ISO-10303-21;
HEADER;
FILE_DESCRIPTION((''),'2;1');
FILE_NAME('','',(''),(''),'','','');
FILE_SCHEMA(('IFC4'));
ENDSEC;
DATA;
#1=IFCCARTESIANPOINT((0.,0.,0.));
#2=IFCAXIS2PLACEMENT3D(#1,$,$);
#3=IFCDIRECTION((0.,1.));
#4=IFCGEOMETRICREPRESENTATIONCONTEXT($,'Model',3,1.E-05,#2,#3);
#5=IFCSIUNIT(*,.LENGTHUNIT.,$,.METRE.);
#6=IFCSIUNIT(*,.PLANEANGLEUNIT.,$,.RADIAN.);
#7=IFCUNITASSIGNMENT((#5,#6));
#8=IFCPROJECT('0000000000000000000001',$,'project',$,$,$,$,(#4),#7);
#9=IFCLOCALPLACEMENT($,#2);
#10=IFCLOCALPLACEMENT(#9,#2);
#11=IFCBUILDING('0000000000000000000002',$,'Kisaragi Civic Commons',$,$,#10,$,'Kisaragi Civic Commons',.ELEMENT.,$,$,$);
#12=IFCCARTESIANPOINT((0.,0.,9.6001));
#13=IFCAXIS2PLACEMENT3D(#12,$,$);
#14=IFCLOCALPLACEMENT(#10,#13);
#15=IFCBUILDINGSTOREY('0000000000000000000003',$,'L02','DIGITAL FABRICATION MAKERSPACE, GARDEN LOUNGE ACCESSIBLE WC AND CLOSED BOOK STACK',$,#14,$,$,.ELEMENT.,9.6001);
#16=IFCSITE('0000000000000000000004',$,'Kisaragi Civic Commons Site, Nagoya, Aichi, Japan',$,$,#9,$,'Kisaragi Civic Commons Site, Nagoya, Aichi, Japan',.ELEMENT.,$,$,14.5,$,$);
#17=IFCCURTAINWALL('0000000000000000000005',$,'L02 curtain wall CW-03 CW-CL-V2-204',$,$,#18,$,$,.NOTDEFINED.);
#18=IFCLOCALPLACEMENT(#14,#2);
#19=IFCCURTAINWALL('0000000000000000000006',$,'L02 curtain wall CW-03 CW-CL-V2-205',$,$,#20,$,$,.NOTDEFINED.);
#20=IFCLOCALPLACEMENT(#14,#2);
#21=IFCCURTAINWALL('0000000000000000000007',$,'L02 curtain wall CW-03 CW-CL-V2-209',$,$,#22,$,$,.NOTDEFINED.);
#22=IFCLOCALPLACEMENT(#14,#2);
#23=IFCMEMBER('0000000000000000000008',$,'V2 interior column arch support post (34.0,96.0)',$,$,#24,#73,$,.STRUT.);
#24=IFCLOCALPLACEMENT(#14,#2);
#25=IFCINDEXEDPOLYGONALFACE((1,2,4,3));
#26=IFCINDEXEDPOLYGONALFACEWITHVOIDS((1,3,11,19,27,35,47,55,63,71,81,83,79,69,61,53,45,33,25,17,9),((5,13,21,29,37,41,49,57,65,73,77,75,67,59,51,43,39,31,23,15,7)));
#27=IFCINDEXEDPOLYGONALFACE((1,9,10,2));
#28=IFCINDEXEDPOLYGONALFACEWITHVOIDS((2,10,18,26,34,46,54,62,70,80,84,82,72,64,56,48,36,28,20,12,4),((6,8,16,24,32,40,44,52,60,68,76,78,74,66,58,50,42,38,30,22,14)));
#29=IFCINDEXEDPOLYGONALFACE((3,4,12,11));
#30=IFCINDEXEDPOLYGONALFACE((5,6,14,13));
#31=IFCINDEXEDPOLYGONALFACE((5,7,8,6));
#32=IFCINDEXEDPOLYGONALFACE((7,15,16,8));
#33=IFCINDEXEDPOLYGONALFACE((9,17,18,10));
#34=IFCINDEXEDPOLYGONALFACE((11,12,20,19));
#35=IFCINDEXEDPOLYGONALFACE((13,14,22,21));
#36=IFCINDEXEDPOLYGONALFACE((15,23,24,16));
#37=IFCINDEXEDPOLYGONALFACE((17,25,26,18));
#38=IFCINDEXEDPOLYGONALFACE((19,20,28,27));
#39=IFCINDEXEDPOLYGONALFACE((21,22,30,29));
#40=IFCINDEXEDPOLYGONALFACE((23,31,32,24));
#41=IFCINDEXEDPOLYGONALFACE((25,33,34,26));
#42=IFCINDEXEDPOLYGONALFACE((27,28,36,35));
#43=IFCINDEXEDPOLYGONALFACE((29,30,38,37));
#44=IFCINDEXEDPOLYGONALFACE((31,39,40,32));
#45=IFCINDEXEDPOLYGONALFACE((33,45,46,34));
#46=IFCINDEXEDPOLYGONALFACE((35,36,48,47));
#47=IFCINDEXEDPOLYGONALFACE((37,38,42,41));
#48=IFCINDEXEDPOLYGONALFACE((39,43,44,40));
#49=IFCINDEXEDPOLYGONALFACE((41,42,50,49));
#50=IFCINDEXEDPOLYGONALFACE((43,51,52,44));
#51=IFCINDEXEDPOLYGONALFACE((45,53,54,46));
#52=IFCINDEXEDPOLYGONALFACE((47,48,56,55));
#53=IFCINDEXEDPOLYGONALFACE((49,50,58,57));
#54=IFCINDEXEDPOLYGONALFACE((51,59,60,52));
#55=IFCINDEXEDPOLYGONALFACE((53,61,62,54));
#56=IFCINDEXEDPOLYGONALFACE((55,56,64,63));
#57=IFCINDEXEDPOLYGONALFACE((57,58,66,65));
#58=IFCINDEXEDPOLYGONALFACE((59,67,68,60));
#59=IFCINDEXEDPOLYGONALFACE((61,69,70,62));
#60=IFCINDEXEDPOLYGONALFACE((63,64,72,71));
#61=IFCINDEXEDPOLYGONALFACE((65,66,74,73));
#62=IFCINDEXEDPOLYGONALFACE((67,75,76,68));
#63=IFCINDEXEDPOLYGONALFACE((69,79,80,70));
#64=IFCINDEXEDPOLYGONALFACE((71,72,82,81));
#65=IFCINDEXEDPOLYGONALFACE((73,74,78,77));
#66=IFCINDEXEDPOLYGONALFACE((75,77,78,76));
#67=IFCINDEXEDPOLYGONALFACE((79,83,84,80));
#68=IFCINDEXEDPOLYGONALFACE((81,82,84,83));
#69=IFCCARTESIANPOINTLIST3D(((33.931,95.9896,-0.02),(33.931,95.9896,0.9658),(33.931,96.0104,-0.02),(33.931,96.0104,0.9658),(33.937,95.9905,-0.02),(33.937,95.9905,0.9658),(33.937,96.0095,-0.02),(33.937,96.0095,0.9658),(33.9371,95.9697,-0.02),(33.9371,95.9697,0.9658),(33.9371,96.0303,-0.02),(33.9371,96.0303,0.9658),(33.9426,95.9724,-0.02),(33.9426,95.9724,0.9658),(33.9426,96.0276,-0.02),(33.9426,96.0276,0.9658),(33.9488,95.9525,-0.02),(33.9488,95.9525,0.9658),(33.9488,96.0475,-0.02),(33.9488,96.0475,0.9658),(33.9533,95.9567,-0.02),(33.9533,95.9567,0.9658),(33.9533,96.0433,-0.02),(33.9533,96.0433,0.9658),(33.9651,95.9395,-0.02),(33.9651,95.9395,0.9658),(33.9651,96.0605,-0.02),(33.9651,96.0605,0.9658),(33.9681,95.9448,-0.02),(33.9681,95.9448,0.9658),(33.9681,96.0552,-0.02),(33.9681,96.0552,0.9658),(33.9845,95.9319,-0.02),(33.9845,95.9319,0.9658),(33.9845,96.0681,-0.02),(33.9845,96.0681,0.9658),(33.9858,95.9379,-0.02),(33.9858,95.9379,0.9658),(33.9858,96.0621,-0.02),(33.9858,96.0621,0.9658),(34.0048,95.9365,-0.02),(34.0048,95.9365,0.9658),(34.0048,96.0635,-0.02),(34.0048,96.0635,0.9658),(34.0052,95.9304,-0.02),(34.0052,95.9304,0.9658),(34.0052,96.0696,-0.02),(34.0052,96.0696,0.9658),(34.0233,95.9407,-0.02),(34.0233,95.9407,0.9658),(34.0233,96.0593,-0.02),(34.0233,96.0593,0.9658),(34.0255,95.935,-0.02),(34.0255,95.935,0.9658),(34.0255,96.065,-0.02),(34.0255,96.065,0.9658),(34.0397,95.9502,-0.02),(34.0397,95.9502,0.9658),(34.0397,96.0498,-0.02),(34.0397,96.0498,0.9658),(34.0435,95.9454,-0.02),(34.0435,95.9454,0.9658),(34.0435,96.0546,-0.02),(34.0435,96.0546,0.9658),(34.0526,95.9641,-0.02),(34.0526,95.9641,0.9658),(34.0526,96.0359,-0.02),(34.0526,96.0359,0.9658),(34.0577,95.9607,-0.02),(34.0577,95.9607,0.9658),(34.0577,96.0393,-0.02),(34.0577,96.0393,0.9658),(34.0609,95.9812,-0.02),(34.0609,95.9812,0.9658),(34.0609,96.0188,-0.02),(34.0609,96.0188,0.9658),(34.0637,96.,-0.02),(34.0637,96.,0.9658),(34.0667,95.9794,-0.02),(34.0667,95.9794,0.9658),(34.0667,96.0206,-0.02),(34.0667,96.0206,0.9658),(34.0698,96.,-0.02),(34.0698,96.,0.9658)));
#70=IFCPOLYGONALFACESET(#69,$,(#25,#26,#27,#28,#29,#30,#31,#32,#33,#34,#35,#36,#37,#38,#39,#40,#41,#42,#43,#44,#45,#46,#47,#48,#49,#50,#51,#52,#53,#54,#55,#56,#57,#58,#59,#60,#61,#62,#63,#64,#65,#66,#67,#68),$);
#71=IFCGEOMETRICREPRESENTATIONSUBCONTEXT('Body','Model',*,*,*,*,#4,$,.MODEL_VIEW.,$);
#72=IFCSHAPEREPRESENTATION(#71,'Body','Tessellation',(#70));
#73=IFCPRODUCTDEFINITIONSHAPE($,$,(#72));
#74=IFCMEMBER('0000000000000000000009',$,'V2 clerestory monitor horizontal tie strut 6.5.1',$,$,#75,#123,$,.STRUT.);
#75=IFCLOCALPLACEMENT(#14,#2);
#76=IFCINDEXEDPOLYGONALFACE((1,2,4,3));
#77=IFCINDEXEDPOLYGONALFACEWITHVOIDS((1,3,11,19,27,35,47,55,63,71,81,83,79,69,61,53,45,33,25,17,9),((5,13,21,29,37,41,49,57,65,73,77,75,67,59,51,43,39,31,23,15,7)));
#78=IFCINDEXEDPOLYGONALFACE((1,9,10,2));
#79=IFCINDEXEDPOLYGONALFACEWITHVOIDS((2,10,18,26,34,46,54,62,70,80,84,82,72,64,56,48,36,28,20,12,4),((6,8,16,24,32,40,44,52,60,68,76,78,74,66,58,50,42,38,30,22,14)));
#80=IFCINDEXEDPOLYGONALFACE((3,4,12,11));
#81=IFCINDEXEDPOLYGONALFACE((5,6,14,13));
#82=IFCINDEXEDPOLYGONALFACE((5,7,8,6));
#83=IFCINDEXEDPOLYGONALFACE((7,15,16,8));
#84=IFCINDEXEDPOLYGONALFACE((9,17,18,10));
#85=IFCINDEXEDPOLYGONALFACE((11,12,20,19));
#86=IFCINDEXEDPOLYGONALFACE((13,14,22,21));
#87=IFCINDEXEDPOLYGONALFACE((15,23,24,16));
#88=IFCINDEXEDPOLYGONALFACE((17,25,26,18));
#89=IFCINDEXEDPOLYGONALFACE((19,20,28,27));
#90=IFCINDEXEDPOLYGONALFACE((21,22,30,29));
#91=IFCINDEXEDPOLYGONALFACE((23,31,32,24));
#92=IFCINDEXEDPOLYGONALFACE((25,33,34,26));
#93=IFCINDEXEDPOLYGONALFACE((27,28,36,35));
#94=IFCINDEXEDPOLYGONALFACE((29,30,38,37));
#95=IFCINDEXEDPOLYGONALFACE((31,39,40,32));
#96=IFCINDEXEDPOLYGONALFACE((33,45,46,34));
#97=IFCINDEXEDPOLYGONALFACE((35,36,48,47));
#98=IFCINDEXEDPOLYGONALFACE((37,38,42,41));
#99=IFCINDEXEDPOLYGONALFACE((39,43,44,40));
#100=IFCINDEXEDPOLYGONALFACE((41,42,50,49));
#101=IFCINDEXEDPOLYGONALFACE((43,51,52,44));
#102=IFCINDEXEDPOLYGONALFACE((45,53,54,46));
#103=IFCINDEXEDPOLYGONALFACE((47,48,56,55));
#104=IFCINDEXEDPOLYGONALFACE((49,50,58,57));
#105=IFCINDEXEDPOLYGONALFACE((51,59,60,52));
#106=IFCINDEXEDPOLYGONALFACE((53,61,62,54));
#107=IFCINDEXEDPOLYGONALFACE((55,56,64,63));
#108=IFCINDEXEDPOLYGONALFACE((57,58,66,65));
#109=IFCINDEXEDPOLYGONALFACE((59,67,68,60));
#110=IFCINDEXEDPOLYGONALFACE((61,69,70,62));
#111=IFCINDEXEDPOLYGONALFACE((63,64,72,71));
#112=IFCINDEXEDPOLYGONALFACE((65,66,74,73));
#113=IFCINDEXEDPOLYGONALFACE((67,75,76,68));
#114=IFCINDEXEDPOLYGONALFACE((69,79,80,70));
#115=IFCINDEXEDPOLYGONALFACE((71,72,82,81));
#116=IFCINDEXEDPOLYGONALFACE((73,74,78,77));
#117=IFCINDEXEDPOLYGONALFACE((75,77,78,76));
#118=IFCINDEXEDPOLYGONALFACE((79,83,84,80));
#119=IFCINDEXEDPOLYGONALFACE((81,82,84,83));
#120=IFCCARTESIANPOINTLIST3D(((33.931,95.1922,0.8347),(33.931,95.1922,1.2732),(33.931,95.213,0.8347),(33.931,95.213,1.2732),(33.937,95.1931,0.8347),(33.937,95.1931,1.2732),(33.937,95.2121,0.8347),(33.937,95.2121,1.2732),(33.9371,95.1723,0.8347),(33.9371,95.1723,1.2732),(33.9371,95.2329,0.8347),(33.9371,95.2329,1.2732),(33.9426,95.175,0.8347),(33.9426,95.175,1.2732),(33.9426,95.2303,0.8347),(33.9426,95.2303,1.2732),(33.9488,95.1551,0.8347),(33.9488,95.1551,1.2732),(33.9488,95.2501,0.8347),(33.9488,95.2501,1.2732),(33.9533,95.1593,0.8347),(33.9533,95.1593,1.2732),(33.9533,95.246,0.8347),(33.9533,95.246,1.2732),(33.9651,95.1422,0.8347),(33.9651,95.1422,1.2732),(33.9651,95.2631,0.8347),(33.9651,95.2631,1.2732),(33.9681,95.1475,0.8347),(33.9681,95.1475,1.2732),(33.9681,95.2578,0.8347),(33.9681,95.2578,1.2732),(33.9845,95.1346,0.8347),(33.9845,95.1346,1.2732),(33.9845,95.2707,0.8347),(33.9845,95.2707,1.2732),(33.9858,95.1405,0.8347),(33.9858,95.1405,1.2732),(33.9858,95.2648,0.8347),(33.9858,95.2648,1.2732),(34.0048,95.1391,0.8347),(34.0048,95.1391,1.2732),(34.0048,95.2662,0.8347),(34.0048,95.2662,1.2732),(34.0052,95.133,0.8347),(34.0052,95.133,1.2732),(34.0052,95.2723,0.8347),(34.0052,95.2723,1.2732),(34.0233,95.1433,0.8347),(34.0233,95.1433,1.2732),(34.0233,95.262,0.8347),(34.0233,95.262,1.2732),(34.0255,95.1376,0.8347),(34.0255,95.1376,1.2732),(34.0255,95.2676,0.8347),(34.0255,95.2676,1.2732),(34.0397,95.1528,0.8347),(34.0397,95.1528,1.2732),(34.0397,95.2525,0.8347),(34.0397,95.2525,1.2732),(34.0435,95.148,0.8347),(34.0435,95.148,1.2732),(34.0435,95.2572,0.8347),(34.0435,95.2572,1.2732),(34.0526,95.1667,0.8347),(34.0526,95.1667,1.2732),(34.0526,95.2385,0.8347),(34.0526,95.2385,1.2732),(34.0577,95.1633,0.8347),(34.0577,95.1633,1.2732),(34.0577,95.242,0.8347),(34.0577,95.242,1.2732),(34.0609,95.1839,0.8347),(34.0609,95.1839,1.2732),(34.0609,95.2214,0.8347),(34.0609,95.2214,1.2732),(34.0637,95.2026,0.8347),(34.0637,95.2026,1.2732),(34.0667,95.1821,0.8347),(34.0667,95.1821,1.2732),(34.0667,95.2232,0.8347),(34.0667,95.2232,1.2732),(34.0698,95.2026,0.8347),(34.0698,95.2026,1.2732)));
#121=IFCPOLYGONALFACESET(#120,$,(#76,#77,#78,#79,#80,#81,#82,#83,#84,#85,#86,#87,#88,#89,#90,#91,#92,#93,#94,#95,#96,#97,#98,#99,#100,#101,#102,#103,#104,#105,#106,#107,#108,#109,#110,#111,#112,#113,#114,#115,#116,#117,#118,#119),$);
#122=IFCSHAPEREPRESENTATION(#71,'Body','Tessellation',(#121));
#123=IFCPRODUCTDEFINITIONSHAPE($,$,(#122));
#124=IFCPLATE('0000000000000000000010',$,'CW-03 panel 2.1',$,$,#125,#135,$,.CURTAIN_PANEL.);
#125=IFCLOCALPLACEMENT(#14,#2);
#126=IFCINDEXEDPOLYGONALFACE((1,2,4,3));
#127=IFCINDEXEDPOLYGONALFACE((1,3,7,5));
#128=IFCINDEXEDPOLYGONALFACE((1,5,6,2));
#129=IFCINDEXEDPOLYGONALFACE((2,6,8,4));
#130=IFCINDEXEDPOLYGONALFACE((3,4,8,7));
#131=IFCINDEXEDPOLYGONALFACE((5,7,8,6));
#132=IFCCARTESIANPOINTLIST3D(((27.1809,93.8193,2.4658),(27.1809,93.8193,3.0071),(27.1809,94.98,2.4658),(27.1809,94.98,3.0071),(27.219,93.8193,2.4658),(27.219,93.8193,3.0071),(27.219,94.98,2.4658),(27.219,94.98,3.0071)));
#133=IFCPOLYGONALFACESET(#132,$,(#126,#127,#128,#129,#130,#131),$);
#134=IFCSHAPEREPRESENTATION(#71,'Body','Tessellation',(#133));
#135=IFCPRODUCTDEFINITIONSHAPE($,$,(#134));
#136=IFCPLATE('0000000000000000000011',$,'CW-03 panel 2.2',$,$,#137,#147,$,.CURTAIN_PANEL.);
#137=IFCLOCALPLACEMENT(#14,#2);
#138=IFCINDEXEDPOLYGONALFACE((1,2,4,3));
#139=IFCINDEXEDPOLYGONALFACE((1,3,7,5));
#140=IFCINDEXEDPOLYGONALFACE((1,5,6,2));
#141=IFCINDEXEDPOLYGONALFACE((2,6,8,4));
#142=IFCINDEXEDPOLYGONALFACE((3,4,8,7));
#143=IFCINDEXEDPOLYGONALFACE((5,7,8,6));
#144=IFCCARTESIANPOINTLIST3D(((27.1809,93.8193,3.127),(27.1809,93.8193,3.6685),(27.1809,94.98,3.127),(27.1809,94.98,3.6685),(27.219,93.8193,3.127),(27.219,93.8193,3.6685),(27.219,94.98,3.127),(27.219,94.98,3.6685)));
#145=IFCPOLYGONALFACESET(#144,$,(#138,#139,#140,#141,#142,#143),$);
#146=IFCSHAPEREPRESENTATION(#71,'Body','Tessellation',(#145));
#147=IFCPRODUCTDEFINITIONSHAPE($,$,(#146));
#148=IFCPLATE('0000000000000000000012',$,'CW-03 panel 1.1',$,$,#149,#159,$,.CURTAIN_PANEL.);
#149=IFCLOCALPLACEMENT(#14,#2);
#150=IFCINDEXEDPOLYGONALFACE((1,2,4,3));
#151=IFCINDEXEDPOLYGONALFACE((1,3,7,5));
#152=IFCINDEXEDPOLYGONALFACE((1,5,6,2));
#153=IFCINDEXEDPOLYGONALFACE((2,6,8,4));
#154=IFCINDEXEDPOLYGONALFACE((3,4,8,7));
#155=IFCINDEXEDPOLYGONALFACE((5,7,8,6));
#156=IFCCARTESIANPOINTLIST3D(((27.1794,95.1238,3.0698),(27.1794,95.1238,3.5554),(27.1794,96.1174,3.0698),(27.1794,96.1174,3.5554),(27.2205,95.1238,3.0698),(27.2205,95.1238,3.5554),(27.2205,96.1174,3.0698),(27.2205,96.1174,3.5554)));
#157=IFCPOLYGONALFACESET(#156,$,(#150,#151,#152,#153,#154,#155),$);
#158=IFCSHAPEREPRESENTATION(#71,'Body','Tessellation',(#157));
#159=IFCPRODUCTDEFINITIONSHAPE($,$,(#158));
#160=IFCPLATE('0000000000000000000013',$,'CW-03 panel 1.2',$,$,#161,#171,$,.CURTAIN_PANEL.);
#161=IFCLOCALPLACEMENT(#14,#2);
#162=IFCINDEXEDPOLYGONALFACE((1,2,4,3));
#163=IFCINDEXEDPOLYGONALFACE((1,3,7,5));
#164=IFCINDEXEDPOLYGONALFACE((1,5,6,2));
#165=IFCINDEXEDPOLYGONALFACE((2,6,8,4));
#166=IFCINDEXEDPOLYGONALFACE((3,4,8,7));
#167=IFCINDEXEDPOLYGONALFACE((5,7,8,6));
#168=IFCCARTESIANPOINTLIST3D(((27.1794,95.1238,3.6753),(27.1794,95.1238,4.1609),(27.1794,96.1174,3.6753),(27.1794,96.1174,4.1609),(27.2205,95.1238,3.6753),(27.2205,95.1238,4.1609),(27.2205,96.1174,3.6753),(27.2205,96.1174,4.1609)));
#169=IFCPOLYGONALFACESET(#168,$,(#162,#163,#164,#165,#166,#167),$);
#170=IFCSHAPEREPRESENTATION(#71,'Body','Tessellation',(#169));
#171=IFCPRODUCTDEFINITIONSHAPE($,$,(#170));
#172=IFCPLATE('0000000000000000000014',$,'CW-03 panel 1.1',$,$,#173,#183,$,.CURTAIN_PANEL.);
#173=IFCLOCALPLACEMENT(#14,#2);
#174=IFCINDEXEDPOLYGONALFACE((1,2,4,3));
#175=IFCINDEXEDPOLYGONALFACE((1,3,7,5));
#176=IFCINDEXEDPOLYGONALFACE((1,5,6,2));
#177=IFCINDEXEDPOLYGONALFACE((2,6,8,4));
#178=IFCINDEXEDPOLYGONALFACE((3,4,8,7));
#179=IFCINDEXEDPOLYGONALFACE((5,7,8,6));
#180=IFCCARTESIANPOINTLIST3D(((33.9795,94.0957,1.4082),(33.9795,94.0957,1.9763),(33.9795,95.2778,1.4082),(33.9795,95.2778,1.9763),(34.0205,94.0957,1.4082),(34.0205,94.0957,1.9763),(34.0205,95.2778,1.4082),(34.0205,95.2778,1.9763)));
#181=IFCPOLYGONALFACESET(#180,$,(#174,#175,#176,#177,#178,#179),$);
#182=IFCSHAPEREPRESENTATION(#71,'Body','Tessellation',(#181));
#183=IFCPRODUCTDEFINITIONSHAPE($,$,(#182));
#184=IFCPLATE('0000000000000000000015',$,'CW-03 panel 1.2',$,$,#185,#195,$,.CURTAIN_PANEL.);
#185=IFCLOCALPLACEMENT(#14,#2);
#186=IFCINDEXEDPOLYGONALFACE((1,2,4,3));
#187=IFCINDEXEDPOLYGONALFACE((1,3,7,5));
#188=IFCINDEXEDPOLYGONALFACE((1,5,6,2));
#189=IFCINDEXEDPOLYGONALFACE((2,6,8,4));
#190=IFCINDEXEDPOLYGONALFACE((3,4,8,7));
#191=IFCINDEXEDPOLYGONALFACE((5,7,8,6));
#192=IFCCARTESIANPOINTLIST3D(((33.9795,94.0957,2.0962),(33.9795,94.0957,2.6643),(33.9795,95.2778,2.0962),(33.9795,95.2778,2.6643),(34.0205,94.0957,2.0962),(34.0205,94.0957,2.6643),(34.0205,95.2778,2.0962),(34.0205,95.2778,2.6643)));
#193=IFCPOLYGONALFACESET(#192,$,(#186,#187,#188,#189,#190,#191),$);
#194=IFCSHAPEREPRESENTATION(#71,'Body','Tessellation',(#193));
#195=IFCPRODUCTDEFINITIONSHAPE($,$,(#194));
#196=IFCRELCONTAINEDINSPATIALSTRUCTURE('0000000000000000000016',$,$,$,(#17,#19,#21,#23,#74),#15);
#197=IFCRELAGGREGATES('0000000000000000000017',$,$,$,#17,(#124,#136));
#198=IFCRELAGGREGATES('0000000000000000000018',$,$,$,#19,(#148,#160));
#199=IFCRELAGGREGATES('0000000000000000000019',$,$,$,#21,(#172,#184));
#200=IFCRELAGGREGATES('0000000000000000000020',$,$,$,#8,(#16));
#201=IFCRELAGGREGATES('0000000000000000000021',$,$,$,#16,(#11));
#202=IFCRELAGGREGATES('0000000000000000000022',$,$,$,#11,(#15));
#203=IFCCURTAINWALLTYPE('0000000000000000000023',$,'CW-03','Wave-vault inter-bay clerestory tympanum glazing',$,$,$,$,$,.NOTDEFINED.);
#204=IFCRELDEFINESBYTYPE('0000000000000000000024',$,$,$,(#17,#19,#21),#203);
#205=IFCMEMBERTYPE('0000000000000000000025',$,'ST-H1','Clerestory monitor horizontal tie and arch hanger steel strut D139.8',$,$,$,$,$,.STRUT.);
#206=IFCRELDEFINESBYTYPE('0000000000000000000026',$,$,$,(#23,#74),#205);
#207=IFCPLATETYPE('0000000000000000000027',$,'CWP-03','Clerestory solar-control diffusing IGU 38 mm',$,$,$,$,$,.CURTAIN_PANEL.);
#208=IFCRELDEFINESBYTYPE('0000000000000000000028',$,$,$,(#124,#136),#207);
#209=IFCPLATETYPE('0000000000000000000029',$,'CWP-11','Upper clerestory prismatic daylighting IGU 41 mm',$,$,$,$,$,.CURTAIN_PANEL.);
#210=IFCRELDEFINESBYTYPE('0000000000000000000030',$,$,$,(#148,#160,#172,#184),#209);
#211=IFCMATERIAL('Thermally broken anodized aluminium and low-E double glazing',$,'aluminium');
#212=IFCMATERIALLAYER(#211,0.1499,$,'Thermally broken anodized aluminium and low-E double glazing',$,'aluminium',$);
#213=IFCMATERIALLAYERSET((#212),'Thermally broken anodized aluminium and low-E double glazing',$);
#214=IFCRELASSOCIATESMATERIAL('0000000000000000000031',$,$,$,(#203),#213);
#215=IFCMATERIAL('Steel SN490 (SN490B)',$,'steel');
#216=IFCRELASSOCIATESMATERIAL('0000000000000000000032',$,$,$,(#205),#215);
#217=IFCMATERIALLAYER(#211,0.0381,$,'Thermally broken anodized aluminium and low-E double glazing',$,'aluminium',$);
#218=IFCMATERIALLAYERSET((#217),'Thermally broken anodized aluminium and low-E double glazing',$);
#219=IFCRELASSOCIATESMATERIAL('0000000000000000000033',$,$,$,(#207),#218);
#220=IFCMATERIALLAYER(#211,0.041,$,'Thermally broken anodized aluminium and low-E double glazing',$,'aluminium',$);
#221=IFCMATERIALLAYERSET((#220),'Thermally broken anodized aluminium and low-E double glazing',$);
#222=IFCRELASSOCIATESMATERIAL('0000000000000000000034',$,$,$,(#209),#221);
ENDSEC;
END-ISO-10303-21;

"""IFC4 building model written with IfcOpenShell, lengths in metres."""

from ifc_helpers import new_model, si_unit, direction, frame, origin, origin_2d, place, context, subcontext, project, spatial, rectangle, hollow_circle, extrude, material, layer, layer_set, material_profile, profile_set, type_object, element, aggregate, save


model = new_model("IFC4")

# Units and contexts
model_context = context("Model", 3, precision=1e-05, world=origin(), true_north=direction((0.0, 1.0)))
body_context = subcontext(model_context, "Body", "Model", "MODEL_VIEW")
ifc_project = project(units=[si_unit("LENGTHUNIT", "METRE"), si_unit("PLANEANGLEUNIT", "RADIAN")], contexts=[model_context])

# Site, building, storey
site_placement = place(None, origin())
site = spatial("IfcSite", under=ifc_project, at=site_placement, Name="Kisaragi Civic Commons Site, Nagoya, Aichi, Japan", LongName="Kisaragi Civic Commons Site, Nagoya, Aichi, Japan", CompositionType="ELEMENT", RefElevation=14.5)
building_placement = place(site_placement, origin())
building = spatial("IfcBuilding", under=site, at=building_placement, Name="Kisaragi Civic Commons", LongName="Kisaragi Civic Commons", CompositionType="ELEMENT")
storey_placement = place(building_placement, frame((0.0, 0.0, 9.6001)))
storey = spatial("IfcBuildingStorey", under=building, at=storey_placement, Name="L02", Description="DIGITAL FABRICATION MAKERSPACE, GARDEN LOUNGE ACCESSIBLE WC AND CLOSED BOOK STACK", CompositionType="ELEMENT", Elevation=9.6001)

# Curtain walls
ifc_material_1 = material(Name="Thermally broken anodized aluminium and low-E double glazing", Category="aluminium")
ifc_layer_1 = layer(ifc_material_1, 0.1499, Name="Thermally broken anodized aluminium and low-E double glazing", Category="aluminium")
ifc_layer_set_1 = layer_set([ifc_layer_1], Name="Thermally broken anodized aluminium and low-E double glazing")
curtain_wall_type = type_object("IfcCurtainWallType", Name="CW-03", Description="Wave-vault inter-bay clerestory tympanum glazing", PredefinedType="NOTDEFINED", material=ifc_layer_set_1)
curtain_wall_1_placement = place(storey_placement, origin())
curtain_wall_1 = element("IfcCurtainWall", 1, at=curtain_wall_1_placement, inside=storey, type_object=curtain_wall_type, Name="L02 curtain wall CW-03 CW-CL-V2-204", PredefinedType="NOTDEFINED")
curtain_wall_2_placement = place(storey_placement, origin())
curtain_wall_2 = element("IfcCurtainWall", 2, at=curtain_wall_2_placement, inside=storey, type_object=curtain_wall_type, Name="L02 curtain wall CW-03 CW-CL-V2-205", PredefinedType="NOTDEFINED")
curtain_wall_3_placement = place(storey_placement, origin())
curtain_wall_3 = element("IfcCurtainWall", 3, at=curtain_wall_3_placement, inside=storey, type_object=curtain_wall_type, Name="L02 curtain wall CW-03 CW-CL-V2-209", PredefinedType="NOTDEFINED")

# Members
ifc_material_2 = material(Name="Steel SN490 (SN490B)", Category="steel")
ifc_material_profile_1 = material_profile(ifc_material_2, hollow_circle(Radius=0.0698, WallThickness=0.0061, at=origin_2d()), Name="CHS-139.8x6.0", Category="steel")
ifc_profile_set_1 = profile_set([ifc_material_profile_1], Name="Steel SN490 (SN490B)")
member_type_1 = type_object("IfcMemberType", Name="ST-H1", Description="Clerestory monitor horizontal tie and arch hanger steel strut D139.8", PredefinedType="STRUT", material=ifc_profile_set_1)
member_1_placement = place(storey_placement, frame((34.0, 96.0, -0.02), z_axis=(0.0, 0.0, 1.0), x_axis=(1.0, 0.0, 0.0)))
element("IfcMember", 4, at=member_1_placement, inside=storey, type_object=member_type_1, Name="V2 interior column arch support post (34.0,96.0)", PredefinedType="STRUT", context=body_context, shape_type="SweptSolid", body=[
    extrude(hollow_circle(Radius=0.0698, WallThickness=0.0061, at=origin_2d()), origin(), (0.0, 0.0, 1.0), 0.9858),
])
member_2_placement = place(storey_placement, frame((34.0, 95.2026, 0.8347), z_axis=(0.0, 0.0, 1.0), x_axis=(1.0, 0.0, 0.0)))
element("IfcMember", 5, at=member_2_placement, inside=storey, type_object=member_type_1, Name="V2 clerestory monitor horizontal tie strut 6.5.1", PredefinedType="STRUT", context=body_context, shape_type="SweptSolid", body=[
    extrude(hollow_circle(Radius=0.0698, WallThickness=0.0061, at=origin_2d()), origin(), (0.0, 0.0, 1.0), 0.4385),
])

# Plates
ifc_layer_2 = layer(ifc_material_1, 0.0381, Name="Thermally broken anodized aluminium and low-E double glazing", Category="aluminium")
ifc_layer_set_2 = layer_set([ifc_layer_2], Name="Thermally broken anodized aluminium and low-E double glazing")
plate_type_1 = type_object("IfcPlateType", Name="CWP-03", Description="Clerestory solar-control diffusing IGU 38 mm", PredefinedType="CURTAIN_PANEL", material=ifc_layer_set_2)
plate_1_placement = place(storey_placement, frame((27.2, 94.3997, 2.4658), z_axis=(0.0, 0.0, 1.0), x_axis=(0.0, 1.0, 0.0)))
plate_1 = element("IfcPlate", 6, at=plate_1_placement, type_object=plate_type_1, Name="CW-03 panel 2.1", PredefinedType="CURTAIN_PANEL", context=body_context, shape_type="SweptSolid", body=[
    extrude(rectangle(XDim=1.1606, YDim=0.0381, at=origin_2d()), origin(), (0.0, 0.0, 1.0), 0.5413),
])
plate_2_placement = place(storey_placement, frame((27.2, 94.3997, 3.127), z_axis=(0.0, 0.0, 1.0), x_axis=(0.0, 1.0, 0.0)))
plate_2 = element("IfcPlate", 7, at=plate_2_placement, type_object=plate_type_1, Name="CW-03 panel 2.2", PredefinedType="CURTAIN_PANEL", context=body_context, shape_type="SweptSolid", body=[
    extrude(rectangle(XDim=1.1606, YDim=0.0381, at=origin_2d()), origin(), (0.0, 0.0, 1.0), 0.5415),
])
aggregate(curtain_wall_1, [plate_1, plate_2])
ifc_layer_3 = layer(ifc_material_1, 0.041, Name="Thermally broken anodized aluminium and low-E double glazing", Category="aluminium")
ifc_layer_set_3 = layer_set([ifc_layer_3], Name="Thermally broken anodized aluminium and low-E double glazing")
plate_type_2 = type_object("IfcPlateType", Name="CWP-11", Description="Upper clerestory prismatic daylighting IGU 41 mm", PredefinedType="CURTAIN_PANEL", material=ifc_layer_set_3)
plate_3_placement = place(storey_placement, frame((27.2, 95.6206, 3.0698), z_axis=(0.0, 0.0, 1.0), x_axis=(0.0, 1.0, 0.0)))
plate_3 = element("IfcPlate", 8, at=plate_3_placement, type_object=plate_type_2, Name="CW-03 panel 1.1", PredefinedType="CURTAIN_PANEL", context=body_context, shape_type="SweptSolid", body=[
    extrude(rectangle(XDim=0.9937, YDim=0.041, at=origin_2d()), origin(), (0.0, 0.0, 1.0), 0.4856),
])
plate_4_placement = place(storey_placement, frame((27.2, 95.6206, 3.6753), z_axis=(0.0, 0.0, 1.0), x_axis=(0.0, 1.0, 0.0)))
plate_4 = element("IfcPlate", 9, at=plate_4_placement, type_object=plate_type_2, Name="CW-03 panel 1.2", PredefinedType="CURTAIN_PANEL", context=body_context, shape_type="SweptSolid", body=[
    extrude(rectangle(XDim=0.9937, YDim=0.041, at=origin_2d()), origin(), (0.0, 0.0, 1.0), 0.4856),
])
aggregate(curtain_wall_2, [plate_3, plate_4])
plate_5_placement = place(storey_placement, frame((34.0, 94.6868, 1.4082), z_axis=(0.0, 0.0, 1.0), x_axis=(0.0, 1.0, 0.0)))
plate_5 = element("IfcPlate", 10, at=plate_5_placement, type_object=plate_type_2, Name="CW-03 panel 1.1", PredefinedType="CURTAIN_PANEL", context=body_context, shape_type="SweptSolid", body=[
    extrude(rectangle(XDim=1.1821, YDim=0.041, at=origin_2d()), origin(), (0.0, 0.0, 1.0), 0.5681),
])
plate_6_placement = place(storey_placement, frame((34.0, 94.6868, 2.0962), z_axis=(0.0, 0.0, 1.0), x_axis=(0.0, 1.0, 0.0)))
plate_6 = element("IfcPlate", 11, at=plate_6_placement, type_object=plate_type_2, Name="CW-03 panel 1.2", PredefinedType="CURTAIN_PANEL", context=body_context, shape_type="SweptSolid", body=[
    extrude(rectangle(XDim=1.1821, YDim=0.041, at=origin_2d()), origin(), (0.0, 0.0, 1.0), 0.5681),
])
aggregate(curtain_wall_3, [plate_5, plate_6])

save(model, "model.ifc")
